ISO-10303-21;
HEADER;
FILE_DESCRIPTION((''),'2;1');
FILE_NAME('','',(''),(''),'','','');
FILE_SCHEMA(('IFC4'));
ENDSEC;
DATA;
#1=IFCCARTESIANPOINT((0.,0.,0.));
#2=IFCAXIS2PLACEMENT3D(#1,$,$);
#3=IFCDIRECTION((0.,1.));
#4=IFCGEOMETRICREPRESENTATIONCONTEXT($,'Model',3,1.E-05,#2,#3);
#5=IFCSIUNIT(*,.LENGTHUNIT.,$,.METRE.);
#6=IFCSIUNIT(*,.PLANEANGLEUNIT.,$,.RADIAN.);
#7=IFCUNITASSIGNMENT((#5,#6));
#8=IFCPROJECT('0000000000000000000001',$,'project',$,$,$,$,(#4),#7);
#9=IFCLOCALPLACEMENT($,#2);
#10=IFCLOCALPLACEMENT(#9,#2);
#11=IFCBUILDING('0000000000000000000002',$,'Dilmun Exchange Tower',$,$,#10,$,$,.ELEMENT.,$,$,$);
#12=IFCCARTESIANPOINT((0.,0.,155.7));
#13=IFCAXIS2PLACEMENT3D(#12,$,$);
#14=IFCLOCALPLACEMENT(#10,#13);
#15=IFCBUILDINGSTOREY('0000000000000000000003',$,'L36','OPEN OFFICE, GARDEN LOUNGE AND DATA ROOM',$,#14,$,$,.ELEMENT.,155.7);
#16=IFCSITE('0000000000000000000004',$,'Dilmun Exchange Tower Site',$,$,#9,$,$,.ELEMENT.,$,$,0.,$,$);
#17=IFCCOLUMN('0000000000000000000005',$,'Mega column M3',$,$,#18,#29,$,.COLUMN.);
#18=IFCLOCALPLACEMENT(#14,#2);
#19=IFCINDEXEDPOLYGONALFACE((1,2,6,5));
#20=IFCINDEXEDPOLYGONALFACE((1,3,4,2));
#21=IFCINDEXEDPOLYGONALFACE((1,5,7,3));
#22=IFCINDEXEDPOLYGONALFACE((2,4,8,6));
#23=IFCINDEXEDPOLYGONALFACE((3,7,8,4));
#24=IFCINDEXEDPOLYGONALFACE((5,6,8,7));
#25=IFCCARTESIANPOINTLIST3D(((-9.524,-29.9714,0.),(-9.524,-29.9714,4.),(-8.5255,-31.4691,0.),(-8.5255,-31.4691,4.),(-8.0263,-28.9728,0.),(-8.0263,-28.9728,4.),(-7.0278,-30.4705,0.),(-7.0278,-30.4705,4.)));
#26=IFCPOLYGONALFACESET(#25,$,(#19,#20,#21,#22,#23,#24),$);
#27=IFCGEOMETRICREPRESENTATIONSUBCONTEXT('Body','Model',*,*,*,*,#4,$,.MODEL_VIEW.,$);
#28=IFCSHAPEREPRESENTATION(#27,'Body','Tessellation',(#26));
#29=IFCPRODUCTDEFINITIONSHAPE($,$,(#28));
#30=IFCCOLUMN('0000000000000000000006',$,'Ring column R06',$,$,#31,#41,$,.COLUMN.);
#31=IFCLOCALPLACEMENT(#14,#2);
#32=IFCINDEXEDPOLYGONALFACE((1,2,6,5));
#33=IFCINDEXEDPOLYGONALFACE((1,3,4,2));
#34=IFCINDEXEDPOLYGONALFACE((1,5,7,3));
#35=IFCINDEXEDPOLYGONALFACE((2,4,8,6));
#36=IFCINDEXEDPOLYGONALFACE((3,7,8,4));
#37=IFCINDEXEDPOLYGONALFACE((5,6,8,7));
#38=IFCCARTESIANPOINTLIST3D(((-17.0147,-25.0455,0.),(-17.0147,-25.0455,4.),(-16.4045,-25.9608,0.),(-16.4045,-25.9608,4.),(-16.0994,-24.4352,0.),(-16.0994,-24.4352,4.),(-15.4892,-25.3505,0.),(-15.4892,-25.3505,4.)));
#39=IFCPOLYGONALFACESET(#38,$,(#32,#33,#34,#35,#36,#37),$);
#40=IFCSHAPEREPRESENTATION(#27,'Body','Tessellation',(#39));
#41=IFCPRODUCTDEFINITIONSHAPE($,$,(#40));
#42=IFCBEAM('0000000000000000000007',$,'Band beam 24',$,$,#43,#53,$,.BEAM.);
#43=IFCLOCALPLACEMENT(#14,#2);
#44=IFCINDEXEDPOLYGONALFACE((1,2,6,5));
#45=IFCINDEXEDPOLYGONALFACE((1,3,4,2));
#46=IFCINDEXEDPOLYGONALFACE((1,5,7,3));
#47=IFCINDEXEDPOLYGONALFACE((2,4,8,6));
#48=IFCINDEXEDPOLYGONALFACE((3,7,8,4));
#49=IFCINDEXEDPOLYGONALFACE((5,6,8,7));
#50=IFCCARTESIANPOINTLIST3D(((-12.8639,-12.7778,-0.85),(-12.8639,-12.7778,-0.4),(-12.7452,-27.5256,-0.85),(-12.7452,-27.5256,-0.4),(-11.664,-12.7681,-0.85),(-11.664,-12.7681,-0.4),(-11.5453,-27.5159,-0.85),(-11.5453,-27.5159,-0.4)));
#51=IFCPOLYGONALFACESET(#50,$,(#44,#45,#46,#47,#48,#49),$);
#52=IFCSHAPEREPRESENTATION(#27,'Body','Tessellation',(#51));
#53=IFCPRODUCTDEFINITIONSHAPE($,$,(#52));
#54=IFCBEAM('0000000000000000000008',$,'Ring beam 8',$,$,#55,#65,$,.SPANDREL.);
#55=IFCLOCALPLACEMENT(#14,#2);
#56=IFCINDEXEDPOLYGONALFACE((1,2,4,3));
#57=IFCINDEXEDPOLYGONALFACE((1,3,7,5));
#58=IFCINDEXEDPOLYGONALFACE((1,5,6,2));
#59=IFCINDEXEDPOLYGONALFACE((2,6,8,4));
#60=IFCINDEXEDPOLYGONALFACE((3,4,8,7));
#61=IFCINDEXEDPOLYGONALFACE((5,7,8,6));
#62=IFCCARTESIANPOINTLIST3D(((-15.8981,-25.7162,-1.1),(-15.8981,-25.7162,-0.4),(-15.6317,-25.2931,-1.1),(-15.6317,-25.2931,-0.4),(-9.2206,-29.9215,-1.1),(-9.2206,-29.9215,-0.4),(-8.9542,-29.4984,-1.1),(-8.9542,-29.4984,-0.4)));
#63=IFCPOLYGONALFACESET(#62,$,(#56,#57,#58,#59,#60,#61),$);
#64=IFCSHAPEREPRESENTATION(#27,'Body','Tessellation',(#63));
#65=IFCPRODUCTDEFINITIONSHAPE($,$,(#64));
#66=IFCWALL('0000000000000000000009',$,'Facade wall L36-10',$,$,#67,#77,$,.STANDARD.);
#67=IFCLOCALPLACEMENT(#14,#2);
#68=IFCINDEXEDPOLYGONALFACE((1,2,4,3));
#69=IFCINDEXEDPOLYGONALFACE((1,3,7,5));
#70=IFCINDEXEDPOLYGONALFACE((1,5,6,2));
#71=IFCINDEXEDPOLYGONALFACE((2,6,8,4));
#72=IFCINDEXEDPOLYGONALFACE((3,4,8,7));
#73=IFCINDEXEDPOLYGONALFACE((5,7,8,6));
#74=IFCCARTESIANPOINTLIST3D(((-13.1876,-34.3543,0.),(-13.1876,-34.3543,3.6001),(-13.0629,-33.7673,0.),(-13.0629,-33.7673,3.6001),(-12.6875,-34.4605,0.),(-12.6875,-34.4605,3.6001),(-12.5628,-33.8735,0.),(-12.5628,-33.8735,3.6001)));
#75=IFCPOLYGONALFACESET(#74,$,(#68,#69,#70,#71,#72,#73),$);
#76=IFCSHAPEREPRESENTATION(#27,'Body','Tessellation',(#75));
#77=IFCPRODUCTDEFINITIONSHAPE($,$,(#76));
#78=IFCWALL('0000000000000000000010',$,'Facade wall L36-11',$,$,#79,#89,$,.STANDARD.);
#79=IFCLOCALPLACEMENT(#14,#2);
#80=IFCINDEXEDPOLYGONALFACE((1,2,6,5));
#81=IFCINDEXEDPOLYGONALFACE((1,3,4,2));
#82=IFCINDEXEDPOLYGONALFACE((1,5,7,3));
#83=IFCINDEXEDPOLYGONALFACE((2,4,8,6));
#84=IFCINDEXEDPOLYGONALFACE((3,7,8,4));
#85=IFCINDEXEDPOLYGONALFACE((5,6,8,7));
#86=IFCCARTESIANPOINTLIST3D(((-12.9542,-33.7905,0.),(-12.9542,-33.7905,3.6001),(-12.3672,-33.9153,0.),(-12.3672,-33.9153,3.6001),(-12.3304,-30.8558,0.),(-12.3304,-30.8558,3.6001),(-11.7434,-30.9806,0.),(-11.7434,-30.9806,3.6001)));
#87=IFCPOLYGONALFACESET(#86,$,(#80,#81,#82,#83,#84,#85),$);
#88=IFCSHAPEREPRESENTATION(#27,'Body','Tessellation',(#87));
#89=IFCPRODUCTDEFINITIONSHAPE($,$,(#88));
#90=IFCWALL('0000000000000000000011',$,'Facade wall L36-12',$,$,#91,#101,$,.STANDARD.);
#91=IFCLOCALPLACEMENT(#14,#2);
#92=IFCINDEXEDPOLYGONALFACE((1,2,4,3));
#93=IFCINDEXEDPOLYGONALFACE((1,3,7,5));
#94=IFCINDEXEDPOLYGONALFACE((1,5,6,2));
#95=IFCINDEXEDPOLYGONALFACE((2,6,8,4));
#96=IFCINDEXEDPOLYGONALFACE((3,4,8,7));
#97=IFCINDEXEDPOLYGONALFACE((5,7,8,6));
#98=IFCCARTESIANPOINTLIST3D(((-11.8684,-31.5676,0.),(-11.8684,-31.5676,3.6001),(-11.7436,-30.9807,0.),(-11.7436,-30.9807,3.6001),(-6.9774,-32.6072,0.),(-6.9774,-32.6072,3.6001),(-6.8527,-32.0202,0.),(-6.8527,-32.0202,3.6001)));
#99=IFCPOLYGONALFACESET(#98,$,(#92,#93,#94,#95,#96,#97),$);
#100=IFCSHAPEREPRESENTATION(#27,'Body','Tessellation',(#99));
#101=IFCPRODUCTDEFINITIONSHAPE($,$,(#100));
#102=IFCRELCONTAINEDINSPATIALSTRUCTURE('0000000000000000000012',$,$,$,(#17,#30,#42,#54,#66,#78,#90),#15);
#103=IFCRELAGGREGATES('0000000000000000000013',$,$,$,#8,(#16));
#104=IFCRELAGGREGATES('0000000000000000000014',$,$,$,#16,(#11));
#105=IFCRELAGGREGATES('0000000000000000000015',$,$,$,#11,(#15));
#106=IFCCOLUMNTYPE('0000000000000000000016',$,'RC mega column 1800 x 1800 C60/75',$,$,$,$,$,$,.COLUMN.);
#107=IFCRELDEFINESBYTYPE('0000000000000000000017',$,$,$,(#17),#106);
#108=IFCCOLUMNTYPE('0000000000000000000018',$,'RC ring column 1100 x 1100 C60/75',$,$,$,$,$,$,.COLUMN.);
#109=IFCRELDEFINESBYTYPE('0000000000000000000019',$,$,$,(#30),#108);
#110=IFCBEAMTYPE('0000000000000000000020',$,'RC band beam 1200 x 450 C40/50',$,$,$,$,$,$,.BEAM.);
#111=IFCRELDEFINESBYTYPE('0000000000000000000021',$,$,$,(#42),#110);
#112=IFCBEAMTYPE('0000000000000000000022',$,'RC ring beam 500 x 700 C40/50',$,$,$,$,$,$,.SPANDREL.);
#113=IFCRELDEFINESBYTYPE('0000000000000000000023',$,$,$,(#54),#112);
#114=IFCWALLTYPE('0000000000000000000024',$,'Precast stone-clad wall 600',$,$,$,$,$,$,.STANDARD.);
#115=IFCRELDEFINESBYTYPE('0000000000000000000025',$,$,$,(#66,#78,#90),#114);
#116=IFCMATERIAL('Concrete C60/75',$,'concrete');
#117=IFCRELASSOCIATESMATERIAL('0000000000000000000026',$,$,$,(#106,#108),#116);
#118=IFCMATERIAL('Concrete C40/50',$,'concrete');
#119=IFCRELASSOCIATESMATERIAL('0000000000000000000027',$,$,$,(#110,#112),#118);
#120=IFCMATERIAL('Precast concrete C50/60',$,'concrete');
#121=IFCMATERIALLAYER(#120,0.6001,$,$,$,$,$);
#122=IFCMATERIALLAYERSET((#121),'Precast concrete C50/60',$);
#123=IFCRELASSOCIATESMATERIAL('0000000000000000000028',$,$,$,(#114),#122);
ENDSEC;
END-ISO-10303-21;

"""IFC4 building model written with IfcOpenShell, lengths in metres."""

from ifc_helpers import new_model, si_unit, direction, frame, frame_2d, origin, origin_2d, place, context, subcontext, project, spatial, rectangle, extrude, material, layer, layer_set, material_profile, profile_set, type_object, element, save


model = new_model("IFC4")

# Units and contexts
model_context = context("Model", 3, precision=1e-05, world=origin(), true_north=direction((0.0, 1.0)))
body_context = subcontext(model_context, "Body", "Model", "MODEL_VIEW")
ifc_project = project(units=[si_unit("LENGTHUNIT", "METRE"), si_unit("PLANEANGLEUNIT", "RADIAN")], contexts=[model_context])

# Site, building, storey
site_placement = place(None, origin())
site = spatial("IfcSite", under=ifc_project, at=site_placement, Name="Dilmun Exchange Tower Site", CompositionType="ELEMENT", RefElevation=0.0)
building_placement = place(site_placement, origin())
building = spatial("IfcBuilding", under=site, at=building_placement, Name="Dilmun Exchange Tower", CompositionType="ELEMENT")
storey_placement = place(building_placement, frame((0.0, 0.0, 155.7)))
storey = spatial("IfcBuildingStorey", under=building, at=storey_placement, Name="L36", Description="OPEN OFFICE, GARDEN LOUNGE AND DATA ROOM", CompositionType="ELEMENT", Elevation=155.7)

# Columns
ifc_material_1 = material(Name="Concrete C60/75", Category="concrete")
ifc_material_profile_1 = material_profile(ifc_material_1, rectangle(XDim=1.8, YDim=1.8, at=origin_2d()), Name="1800 x 1800")
ifc_profile_set_1 = profile_set([ifc_material_profile_1], Name="Concrete C60/75")
column_type_1 = type_object("IfcColumnType", Name="RC mega column 1800 x 1800 C60/75", PredefinedType="COLUMN", material=ifc_profile_set_1)
column_1_placement = place(storey_placement, frame((-8.2759, -30.2209, 0.0), z_axis=(0.0, 0.0, 1.0), x_axis=(0.832029, 0.554733, 0.0)))
element("IfcColumn", 1, at=column_1_placement, inside=storey, type_object=column_type_1, Name="Mega column M3", PredefinedType="COLUMN", context=body_context, shape_type="SweptSolid", body=[
    extrude(rectangle(XDim=1.8, YDim=1.8, at=origin_2d()), origin(), (0.0, 0.0, 1.0), 4.0),
])
ifc_material_profile_2 = material_profile(ifc_material_1, rectangle(XDim=1.1001, YDim=1.1001, at=origin_2d()), Name="1100 x 1100")
ifc_profile_set_2 = profile_set([ifc_material_profile_2], Name="Concrete C60/75")
column_type_2 = type_object("IfcColumnType", Name="RC ring column 1100 x 1100 C60/75", PredefinedType="COLUMN", material=ifc_profile_set_2)
column_2_placement = place(storey_placement, frame((-16.252, -25.198, 0.0), z_axis=(0.0, 0.0, 1.0), x_axis=(0.832029, 0.554733, 0.0)))
element("IfcColumn", 2, at=column_2_placement, inside=storey, type_object=column_type_2, Name="Ring column R06", PredefinedType="COLUMN", context=body_context, shape_type="SweptSolid", body=[
    extrude(rectangle(XDim=1.1001, YDim=1.1001, at=origin_2d()), origin(), (0.0, 0.0, 1.0), 4.0),
])

# Beams
ifc_material_2 = material(Name="Concrete C40/50", Category="concrete")
ifc_material_profile_3 = material_profile(ifc_material_2, rectangle(XDim=1.2, YDim=0.45, at=origin_2d()), Name="1200 x 450")
ifc_profile_set_3 = profile_set([ifc_material_profile_3], Name="Concrete C40/50")
beam_type_1 = type_object("IfcBeamType", Name="RC band beam 1200 x 450 C40/50", PredefinedType="BEAM", material=ifc_profile_set_3)
beam_1_placement = place(storey_placement, frame((-12.1453, -27.5208, -0.625), z_axis=(-0.008045, 0.999968, 0.0), x_axis=(-0.999968, -0.008045, 0.0)))
element("IfcBeam", 3, at=beam_1_placement, inside=storey, type_object=beam_type_1, Name="Band beam 24", PredefinedType="BEAM", context=body_context, shape_type="SweptSolid", body=[
    extrude(rectangle(XDim=1.2, YDim=0.45, at=origin_2d()), origin(), (0.0, 0.0, 1.0), 14.7483),
])
ifc_material_profile_4 = material_profile(ifc_material_2, rectangle(XDim=0.5, YDim=0.7, at=origin_2d()), Name="500 x 700")
ifc_profile_set_4 = profile_set([ifc_material_profile_4], Name="Concrete C40/50")
beam_type_2 = type_object("IfcBeamType", Name="RC ring beam 500 x 700 C40/50", PredefinedType="SPANDREL", material=ifc_profile_set_4)
beam_2_placement = place(storey_placement, frame((-15.7649, -25.5046, -0.75), z_axis=(0.846177, -0.532902, 0.0), x_axis=(0.532902, 0.846177, 0.0)))
element("IfcBeam", 4, at=beam_2_placement, inside=storey, type_object=beam_type_2, Name="Ring beam 8", PredefinedType="SPANDREL", context=body_context, shape_type="SweptSolid", body=[
    extrude(rectangle(XDim=0.5, YDim=0.7, at=origin_2d()), origin(), (0.0, 0.0, 1.0), 7.8914),
])

# Walls
ifc_material_3 = material(Name="Precast concrete C50/60", Category="concrete")
ifc_layer = layer(ifc_material_3, 0.6001)
ifc_layer_set = layer_set([ifc_layer], Name="Precast concrete C50/60")
wall_type = type_object("IfcWallType", Name="Precast stone-clad wall 600", PredefinedType="STANDARD", material=ifc_layer_set)
wall_1_placement = place(storey_placement, frame((-13.1252, -34.0608, 0.0), z_axis=(0.0, 0.0, 1.0), x_axis=(0.978178, -0.207767, 0.0)))
element("IfcWall", 5, at=wall_1_placement, inside=storey, type_object=wall_type, Name="Facade wall L36-10", PredefinedType="STANDARD", context=body_context, shape_type="SweptSolid", body=[
    extrude(rectangle(XDim=0.5112, YDim=0.6001, at=frame_2d((0.2556, 0.0))), origin(), (0.0, 0.0, 1.0), 3.6001),
])
wall_2_placement = place(storey_placement, frame((-12.6606, -33.8528, 0.0), z_axis=(0.0, 0.0, 1.0), x_axis=(0.207917, 0.978146, 0.0)))
element("IfcWall", 6, at=wall_2_placement, inside=storey, type_object=wall_type, Name="Facade wall L36-11", PredefinedType="STANDARD", context=body_context, shape_type="SweptSolid", body=[
    extrude(rectangle(XDim=3.0002, YDim=0.6001, at=frame_2d((1.5, 0.0))), origin(), (0.0, 0.0, 1.0), 3.6001),
])
wall_3_placement = place(storey_placement, frame((-11.8059, -31.2742, 0.0), z_axis=(0.0, 0.0, 1.0), x_axis=(0.978149, -0.207905, 0.0)))
element("IfcWall", 7, at=wall_3_placement, inside=storey, type_object=wall_type, Name="Facade wall L36-12", PredefinedType="STANDARD", context=body_context, shape_type="SweptSolid", body=[
    extrude(rectangle(XDim=5.0002, YDim=0.6001, at=frame_2d((2.5, 0.0))), origin(), (0.0, 0.0, 1.0), 3.6001),
])

save(model, "model.ifc")
